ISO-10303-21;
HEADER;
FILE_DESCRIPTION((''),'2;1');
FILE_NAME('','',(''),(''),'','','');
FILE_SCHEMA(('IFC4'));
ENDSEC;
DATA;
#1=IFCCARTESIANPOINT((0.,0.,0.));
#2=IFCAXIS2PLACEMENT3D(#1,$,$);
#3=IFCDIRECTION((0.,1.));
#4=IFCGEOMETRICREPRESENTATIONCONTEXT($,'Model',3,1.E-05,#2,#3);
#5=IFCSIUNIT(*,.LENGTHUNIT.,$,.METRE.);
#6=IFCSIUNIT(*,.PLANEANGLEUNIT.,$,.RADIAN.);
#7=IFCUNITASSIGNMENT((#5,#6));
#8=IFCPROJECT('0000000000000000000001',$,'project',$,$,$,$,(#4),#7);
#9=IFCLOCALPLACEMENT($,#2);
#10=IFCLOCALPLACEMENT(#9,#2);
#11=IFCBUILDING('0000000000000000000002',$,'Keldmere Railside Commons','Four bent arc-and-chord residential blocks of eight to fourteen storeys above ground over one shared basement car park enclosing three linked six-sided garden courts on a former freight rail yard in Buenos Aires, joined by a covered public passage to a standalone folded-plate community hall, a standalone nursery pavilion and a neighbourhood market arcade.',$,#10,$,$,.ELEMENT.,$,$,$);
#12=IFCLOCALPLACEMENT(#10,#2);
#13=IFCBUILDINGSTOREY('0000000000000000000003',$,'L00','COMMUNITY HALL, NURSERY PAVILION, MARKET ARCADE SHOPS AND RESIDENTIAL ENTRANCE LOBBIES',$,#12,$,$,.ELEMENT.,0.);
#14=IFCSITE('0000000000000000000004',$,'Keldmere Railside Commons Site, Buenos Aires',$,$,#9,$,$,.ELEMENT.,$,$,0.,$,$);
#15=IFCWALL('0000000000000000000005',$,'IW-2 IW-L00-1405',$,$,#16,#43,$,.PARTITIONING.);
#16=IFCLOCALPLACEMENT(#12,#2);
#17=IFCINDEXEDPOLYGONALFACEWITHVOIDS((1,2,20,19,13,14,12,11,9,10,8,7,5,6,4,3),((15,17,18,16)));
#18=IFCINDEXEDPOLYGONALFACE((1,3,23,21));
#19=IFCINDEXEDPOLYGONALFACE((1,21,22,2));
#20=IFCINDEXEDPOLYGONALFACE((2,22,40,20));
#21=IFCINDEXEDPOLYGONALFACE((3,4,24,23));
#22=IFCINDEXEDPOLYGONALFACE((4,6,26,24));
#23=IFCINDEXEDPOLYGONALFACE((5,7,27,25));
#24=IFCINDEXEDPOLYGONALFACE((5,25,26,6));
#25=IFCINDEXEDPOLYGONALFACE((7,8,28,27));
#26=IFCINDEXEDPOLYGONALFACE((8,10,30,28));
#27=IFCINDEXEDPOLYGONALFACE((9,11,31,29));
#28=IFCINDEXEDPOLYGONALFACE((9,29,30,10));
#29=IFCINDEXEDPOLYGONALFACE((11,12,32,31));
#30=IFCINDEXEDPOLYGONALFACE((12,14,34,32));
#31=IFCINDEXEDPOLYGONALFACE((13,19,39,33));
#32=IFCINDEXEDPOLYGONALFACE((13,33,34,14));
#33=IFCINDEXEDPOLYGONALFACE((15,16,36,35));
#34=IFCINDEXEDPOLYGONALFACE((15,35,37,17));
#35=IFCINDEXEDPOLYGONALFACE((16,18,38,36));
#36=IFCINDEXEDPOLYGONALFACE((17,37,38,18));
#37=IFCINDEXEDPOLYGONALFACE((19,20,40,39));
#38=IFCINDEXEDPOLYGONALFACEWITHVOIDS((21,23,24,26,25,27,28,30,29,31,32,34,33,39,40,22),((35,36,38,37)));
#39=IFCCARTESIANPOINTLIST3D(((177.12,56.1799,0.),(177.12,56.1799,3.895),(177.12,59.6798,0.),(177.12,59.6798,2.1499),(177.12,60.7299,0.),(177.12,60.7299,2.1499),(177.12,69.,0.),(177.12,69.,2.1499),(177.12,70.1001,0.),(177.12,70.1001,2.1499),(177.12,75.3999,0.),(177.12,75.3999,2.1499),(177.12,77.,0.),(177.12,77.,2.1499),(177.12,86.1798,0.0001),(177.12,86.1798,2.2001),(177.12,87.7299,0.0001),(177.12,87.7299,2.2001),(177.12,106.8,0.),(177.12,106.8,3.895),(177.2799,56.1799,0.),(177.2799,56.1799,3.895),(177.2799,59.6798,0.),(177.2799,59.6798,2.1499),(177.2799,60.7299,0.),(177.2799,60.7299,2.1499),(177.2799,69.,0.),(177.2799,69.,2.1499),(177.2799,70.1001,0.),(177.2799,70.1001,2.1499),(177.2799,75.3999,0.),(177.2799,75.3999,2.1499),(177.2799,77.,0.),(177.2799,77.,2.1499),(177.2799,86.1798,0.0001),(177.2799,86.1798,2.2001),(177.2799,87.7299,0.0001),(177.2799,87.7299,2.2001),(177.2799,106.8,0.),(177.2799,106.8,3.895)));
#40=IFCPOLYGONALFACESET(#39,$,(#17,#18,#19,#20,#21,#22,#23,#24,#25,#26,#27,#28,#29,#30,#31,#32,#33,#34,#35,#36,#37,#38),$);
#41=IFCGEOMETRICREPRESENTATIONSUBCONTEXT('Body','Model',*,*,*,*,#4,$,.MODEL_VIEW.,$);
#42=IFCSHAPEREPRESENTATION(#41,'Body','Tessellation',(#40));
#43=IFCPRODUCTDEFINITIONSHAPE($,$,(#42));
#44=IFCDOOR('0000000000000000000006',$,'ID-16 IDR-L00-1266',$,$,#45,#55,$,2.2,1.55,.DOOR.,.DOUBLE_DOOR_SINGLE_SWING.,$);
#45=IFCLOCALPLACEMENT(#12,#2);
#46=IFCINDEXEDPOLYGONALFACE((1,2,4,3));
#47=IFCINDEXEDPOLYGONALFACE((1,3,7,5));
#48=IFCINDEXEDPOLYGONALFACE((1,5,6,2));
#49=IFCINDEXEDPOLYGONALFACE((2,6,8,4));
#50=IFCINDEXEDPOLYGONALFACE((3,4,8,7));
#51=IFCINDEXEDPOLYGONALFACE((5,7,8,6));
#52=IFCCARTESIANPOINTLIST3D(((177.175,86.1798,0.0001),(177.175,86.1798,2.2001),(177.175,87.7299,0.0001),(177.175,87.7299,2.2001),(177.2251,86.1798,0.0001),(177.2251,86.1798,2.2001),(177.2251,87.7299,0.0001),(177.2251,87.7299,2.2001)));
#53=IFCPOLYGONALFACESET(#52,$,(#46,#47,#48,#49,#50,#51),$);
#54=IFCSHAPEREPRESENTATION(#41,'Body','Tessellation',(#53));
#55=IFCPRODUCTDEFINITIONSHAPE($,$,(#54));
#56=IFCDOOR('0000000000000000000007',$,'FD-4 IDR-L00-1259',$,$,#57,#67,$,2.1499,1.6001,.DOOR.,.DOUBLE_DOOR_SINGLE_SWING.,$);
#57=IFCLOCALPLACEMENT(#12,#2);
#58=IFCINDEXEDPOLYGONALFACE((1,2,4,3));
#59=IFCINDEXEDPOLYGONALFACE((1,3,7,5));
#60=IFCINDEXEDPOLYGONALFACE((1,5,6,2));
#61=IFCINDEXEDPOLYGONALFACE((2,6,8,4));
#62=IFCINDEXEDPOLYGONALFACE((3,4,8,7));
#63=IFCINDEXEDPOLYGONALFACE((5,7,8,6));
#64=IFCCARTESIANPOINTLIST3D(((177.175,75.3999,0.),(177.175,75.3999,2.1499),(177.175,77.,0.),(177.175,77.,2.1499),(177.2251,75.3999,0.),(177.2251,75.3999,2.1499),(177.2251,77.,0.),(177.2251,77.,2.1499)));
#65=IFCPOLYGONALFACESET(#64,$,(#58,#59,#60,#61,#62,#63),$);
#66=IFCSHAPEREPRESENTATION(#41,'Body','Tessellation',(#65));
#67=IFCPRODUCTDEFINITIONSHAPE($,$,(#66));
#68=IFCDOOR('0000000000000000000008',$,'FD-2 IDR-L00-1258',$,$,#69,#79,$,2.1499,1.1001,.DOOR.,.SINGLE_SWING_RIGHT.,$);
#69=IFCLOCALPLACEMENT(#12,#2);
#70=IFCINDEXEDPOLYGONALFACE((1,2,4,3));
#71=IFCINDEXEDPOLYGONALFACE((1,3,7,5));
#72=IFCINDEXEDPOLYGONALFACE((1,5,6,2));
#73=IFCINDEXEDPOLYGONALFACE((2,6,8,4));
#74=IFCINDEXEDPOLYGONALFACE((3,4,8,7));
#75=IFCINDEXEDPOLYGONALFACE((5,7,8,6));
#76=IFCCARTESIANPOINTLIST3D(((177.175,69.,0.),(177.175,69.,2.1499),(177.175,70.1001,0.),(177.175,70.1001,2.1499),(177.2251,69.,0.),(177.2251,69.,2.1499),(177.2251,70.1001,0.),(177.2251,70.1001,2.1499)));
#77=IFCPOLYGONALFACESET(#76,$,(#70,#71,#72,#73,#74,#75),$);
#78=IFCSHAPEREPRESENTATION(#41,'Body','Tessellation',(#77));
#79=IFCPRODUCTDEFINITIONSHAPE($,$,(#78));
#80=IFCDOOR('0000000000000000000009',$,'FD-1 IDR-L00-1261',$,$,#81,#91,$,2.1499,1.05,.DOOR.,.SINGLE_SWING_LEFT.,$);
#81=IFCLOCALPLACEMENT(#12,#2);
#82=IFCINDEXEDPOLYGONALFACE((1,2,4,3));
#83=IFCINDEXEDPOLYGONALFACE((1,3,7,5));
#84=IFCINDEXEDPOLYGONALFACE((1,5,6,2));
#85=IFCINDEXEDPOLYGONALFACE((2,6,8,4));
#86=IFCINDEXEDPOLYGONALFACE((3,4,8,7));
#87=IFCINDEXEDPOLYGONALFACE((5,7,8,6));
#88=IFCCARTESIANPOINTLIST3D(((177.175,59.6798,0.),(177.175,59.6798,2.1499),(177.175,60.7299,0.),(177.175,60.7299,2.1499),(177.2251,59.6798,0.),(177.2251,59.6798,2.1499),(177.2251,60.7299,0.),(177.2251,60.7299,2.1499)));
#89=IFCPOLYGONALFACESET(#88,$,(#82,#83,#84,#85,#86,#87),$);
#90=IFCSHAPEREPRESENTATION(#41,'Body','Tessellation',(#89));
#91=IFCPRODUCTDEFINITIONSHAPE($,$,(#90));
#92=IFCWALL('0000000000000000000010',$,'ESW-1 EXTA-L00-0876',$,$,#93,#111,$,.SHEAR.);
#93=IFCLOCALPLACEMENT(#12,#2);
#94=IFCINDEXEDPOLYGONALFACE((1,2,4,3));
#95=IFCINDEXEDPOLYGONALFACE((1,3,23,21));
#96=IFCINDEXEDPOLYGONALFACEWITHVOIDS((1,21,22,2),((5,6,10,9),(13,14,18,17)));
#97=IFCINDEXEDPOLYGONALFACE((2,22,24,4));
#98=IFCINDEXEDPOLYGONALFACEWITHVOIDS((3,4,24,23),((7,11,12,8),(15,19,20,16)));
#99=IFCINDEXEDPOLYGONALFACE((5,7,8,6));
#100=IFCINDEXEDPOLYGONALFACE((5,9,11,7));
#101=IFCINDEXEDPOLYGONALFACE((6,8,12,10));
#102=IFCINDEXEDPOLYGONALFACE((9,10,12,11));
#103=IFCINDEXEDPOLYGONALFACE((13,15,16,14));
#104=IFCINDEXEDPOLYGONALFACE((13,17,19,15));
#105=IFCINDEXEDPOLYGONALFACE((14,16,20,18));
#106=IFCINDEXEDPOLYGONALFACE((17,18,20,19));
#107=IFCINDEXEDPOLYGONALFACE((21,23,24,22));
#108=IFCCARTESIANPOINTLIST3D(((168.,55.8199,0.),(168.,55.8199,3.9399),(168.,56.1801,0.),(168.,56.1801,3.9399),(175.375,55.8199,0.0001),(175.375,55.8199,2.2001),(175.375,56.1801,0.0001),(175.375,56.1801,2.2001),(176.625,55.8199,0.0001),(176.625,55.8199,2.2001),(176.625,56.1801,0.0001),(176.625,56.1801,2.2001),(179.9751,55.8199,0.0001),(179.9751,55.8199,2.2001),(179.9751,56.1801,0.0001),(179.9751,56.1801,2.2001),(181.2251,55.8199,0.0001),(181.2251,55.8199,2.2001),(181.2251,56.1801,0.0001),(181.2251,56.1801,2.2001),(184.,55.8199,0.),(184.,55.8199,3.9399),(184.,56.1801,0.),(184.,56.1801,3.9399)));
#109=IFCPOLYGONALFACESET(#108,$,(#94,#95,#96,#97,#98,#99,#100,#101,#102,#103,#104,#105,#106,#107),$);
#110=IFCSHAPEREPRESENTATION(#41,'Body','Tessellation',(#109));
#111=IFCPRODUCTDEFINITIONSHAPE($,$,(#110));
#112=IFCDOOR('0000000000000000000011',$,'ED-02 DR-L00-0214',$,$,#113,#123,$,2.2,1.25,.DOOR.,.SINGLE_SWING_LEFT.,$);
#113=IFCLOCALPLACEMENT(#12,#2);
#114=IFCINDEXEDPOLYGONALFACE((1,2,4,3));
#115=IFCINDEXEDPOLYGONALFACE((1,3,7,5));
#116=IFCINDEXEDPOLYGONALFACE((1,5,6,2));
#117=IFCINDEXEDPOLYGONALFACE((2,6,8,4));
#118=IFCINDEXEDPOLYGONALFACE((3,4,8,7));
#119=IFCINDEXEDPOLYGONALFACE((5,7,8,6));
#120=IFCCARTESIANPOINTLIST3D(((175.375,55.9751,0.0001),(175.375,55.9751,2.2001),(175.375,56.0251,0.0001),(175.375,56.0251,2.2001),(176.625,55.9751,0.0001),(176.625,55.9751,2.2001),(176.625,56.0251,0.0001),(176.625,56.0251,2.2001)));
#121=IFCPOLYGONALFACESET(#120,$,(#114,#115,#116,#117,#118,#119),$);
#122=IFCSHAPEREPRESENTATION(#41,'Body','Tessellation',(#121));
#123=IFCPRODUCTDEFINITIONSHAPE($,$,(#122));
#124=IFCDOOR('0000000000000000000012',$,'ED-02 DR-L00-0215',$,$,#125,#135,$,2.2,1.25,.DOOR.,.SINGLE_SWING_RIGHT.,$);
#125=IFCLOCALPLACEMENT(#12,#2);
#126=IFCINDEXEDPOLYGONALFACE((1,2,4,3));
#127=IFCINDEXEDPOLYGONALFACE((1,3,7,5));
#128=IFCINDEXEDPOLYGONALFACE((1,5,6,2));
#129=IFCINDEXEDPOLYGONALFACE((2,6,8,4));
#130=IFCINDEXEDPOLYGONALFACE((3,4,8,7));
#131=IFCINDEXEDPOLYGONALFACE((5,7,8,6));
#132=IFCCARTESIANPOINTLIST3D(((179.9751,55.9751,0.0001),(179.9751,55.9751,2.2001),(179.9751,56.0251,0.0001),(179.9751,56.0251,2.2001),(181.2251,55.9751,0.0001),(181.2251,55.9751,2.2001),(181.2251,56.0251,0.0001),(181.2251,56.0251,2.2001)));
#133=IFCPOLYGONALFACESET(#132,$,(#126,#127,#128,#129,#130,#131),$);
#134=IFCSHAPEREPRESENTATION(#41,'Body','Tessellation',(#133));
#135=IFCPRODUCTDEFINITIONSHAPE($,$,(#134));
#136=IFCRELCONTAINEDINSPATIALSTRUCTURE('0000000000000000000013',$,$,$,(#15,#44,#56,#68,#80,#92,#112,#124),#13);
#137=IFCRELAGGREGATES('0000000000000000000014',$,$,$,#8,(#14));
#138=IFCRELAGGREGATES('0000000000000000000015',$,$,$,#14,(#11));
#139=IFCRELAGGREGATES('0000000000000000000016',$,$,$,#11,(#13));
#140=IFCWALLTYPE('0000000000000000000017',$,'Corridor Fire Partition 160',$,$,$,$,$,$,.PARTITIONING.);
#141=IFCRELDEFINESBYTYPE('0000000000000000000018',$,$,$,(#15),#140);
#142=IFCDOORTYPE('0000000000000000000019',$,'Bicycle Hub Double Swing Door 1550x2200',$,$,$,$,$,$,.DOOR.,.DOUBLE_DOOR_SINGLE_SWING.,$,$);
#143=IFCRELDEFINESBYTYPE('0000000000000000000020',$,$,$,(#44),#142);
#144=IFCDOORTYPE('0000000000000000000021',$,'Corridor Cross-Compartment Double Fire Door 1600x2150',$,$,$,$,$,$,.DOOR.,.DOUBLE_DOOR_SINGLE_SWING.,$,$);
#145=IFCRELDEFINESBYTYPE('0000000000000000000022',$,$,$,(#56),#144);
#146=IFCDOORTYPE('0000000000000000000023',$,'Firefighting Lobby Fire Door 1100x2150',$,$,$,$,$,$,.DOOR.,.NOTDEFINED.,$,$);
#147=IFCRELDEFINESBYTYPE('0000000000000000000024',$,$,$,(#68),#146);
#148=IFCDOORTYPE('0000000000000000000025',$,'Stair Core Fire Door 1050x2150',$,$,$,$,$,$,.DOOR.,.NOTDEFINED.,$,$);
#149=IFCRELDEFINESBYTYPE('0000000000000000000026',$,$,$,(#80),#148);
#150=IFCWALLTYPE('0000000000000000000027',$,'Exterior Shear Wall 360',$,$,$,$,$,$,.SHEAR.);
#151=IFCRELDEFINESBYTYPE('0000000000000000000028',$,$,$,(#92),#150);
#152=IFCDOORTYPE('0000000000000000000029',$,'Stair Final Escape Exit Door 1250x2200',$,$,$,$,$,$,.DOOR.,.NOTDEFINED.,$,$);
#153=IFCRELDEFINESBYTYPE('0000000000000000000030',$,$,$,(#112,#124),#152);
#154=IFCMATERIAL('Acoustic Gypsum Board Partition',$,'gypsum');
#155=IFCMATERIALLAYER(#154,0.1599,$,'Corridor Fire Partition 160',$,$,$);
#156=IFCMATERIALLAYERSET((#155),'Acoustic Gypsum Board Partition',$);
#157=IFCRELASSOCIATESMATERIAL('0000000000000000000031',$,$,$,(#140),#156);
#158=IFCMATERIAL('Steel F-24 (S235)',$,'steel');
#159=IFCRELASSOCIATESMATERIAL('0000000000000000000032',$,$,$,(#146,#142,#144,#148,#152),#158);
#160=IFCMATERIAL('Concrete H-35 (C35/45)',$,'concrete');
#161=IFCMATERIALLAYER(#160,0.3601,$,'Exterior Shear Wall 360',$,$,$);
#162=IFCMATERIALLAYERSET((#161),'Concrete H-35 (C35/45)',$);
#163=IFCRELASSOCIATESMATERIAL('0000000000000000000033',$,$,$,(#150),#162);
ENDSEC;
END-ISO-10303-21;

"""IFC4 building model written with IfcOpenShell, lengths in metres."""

from ifc_helpers import new_model, si_unit, direction, frame, frame_2d, origin, place, context, subcontext, project, spatial, rectangle, extrude, material, layer, layer_set, type_object, element, fill, save


model = new_model("IFC4")

# Units and contexts
model_context = context("Model", 3, precision=1e-05, world=origin(), true_north=direction((0.0, 1.0)))
body_context = subcontext(model_context, "Body", "Model", "MODEL_VIEW")
ifc_project = project(units=[si_unit("LENGTHUNIT", "METRE"), si_unit("PLANEANGLEUNIT", "RADIAN")], contexts=[model_context])

# Site, building, storey
site_placement = place(None, origin())
site = spatial("IfcSite", under=ifc_project, at=site_placement, Name="Keldmere Railside Commons Site, Buenos Aires", CompositionType="ELEMENT", RefElevation=0.0)
building_placement = place(site_placement, origin())
building = spatial("IfcBuilding", under=site, at=building_placement, Name="Keldmere Railside Commons", Description="Four bent arc-and-chord residential blocks of eight to fourteen storeys above ground over one shared basement car park enclosing three linked six-sided garden courts on a former freight rail yard in Buenos Aires, joined by a covered public passage to a standalone folded-plate community hall, a standalone nursery pavilion and a neighbourhood market arcade.", CompositionType="ELEMENT")
storey_placement = place(building_placement, origin())
storey = spatial("IfcBuildingStorey", under=building, at=storey_placement, Name="L00", Description="COMMUNITY HALL, NURSERY PAVILION, MARKET ARCADE SHOPS AND RESIDENTIAL ENTRANCE LOBBIES", CompositionType="ELEMENT", Elevation=0.0)

# Walls, openings, doors
ifc_material_1 = material(Name="Acoustic Gypsum Board Partition", Category="gypsum")
ifc_layer_1 = layer(ifc_material_1, 0.1599, Name="Corridor Fire Partition 160")
ifc_layer_set_1 = layer_set([ifc_layer_1], Name="Acoustic Gypsum Board Partition")
wall_type_1 = type_object("IfcWallType", Name="Corridor Fire Partition 160", PredefinedType="PARTITIONING", material=ifc_layer_set_1)
ifc_material_2 = material(Name="Steel F-24 (S235)", Category="steel")
door_type_1 = type_object("IfcDoorType", Name="Firefighting Lobby Fire Door 1100x2150", OperationType="NOTDEFINED", PredefinedType="DOOR", material=ifc_material_2)
wall_1_placement = place(storey_placement, frame((177.2, 56.1799, 0.0), z_axis=(0.0, 0.0, 1.0), x_axis=(0.0, 1.0, 0.0)))
wall_1 = element("IfcWall", 1, at=wall_1_placement, inside=storey, type_object=wall_type_1, Name="IW-2 IW-L00-1405", PredefinedType="PARTITIONING", context=body_context, shape_type="SweptSolid", body=[
    extrude(rectangle(XDim=50.6201, YDim=0.1599, at=frame_2d((25.3101, 0.0))), origin(), (0.0, 0.0, 1.0), 3.895),
])
opening_1_placement = place(wall_1_placement, frame((12.8201, 0.0, 0.0)))
opening_1 = element("IfcOpeningElement", 2, at=opening_1_placement, cuts=wall_1, PredefinedType="OPENING", context=body_context, shape_type="SweptSolid", body=[
    extrude(rectangle(XDim=1.1001, YDim=2.1499, at=frame_2d((0.55, 1.075))), frame((0.0, 0.0898, 0.0), z_axis=(0.0, -1.0, 0.0), x_axis=(1.0, 0.0, 0.0)), (0.0, 0.0, 1.0), 0.1799),
])
opening_2_placement = place(wall_1_placement, frame((19.22, 0.0, 0.0)))
opening_2 = element("IfcOpeningElement", 3, at=opening_2_placement, cuts=wall_1, PredefinedType="OPENING", context=body_context, shape_type="SweptSolid", body=[
    extrude(rectangle(XDim=1.6001, YDim=2.1499, at=frame_2d((0.8, 1.075))), frame((0.0, 0.0898, 0.0), z_axis=(0.0, -1.0, 0.0), x_axis=(1.0, 0.0, 0.0)), (0.0, 0.0, 1.0), 0.1799),
])
opening_3_placement = place(wall_1_placement, frame((3.5, 0.0, 0.0)))
opening_3 = element("IfcOpeningElement", 4, at=opening_3_placement, cuts=wall_1, PredefinedType="OPENING", context=body_context, shape_type="SweptSolid", body=[
    extrude(rectangle(XDim=1.05, YDim=2.1499, at=frame_2d((0.5249, 1.075))), frame((0.0, 0.0898, 0.0), z_axis=(0.0, -1.0, 0.0), x_axis=(1.0, 0.0, 0.0)), (0.0, 0.0, 1.0), 0.1799),
])
opening_4_placement = place(wall_1_placement, frame((30.0, 0.0, 0.0)))
opening_4 = element("IfcOpeningElement", 5, at=opening_4_placement, cuts=wall_1, PredefinedType="OPENING", context=body_context, shape_type="SweptSolid", body=[
    extrude(rectangle(XDim=1.55, YDim=2.2, at=frame_2d((0.7749, 1.1001))), frame((0.0, 0.0898, 0.0), z_axis=(0.0, -1.0, 0.0), x_axis=(1.0, 0.0, 0.0)), (0.0, 0.0, 1.0), 0.1799),
])
door_type_2 = type_object("IfcDoorType", Name="Bicycle Hub Double Swing Door 1550x2200", OperationType="DOUBLE_DOOR_SINGLE_SWING", PredefinedType="DOOR", material=ifc_material_2)
door_1_placement = place(opening_4_placement, origin())
door_1 = element("IfcDoor", 6, at=door_1_placement, inside=storey, type_object=door_type_2, Name="ID-16 IDR-L00-1266", OperationType="DOUBLE_DOOR_SINGLE_SWING", OverallHeight=2.2, OverallWidth=1.55, PredefinedType="DOOR", context=body_context, shape_type="SweptSolid", body=[
    extrude(rectangle(XDim=1.55, YDim=2.2, at=frame_2d((0.7749, 1.1001))), frame((0.0, 0.0249, 0.0), z_axis=(0.0, -1.0, 0.0), x_axis=(1.0, 0.0, 0.0)), (0.0, 0.0, 1.0), 0.05),
])
fill(opening_4, door_1)
door_type_3 = type_object("IfcDoorType", Name="Corridor Cross-Compartment Double Fire Door 1600x2150", OperationType="DOUBLE_DOOR_SINGLE_SWING", PredefinedType="DOOR", material=ifc_material_2)
door_2_placement = place(opening_2_placement, origin())
door_2 = element("IfcDoor", 7, at=door_2_placement, inside=storey, type_object=door_type_3, Name="FD-4 IDR-L00-1259", OperationType="DOUBLE_DOOR_SINGLE_SWING", OverallHeight=2.1499, OverallWidth=1.6001, PredefinedType="DOOR", context=body_context, shape_type="SweptSolid", body=[
    extrude(rectangle(XDim=1.6001, YDim=2.1499, at=frame_2d((0.8, 1.075))), frame((0.0, 0.0249, 0.0), z_axis=(0.0, -1.0, 0.0), x_axis=(1.0, 0.0, 0.0)), (0.0, 0.0, 1.0), 0.05),
])
fill(opening_2, door_2)
door_3_placement = place(opening_1_placement, origin())
door_3 = element("IfcDoor", 8, at=door_3_placement, inside=storey, type_object=door_type_1, Name="FD-2 IDR-L00-1258", OperationType="SINGLE_SWING_RIGHT", OverallHeight=2.1499, OverallWidth=1.1001, PredefinedType="DOOR", context=body_context, shape_type="SweptSolid", body=[
    extrude(rectangle(XDim=1.1001, YDim=2.1499, at=frame_2d((0.55, 1.075))), frame((0.0, 0.0249, 0.0), z_axis=(0.0, -1.0, 0.0), x_axis=(1.0, 0.0, 0.0)), (0.0, 0.0, 1.0), 0.05),
])
fill(opening_1, door_3)
door_type_4 = type_object("IfcDoorType", Name="Stair Core Fire Door 1050x2150", OperationType="NOTDEFINED", PredefinedType="DOOR", material=ifc_material_2)
door_4_placement = place(opening_3_placement, origin())
door_4 = element("IfcDoor", 9, at=door_4_placement, inside=storey, type_object=door_type_4, Name="FD-1 IDR-L00-1261", OperationType="SINGLE_SWING_LEFT", OverallHeight=2.1499, OverallWidth=1.05, PredefinedType="DOOR", context=body_context, shape_type="SweptSolid", body=[
    extrude(rectangle(XDim=1.05, YDim=2.1499, at=frame_2d((0.5249, 1.075))), frame((0.0, 0.0249, 0.0), z_axis=(0.0, -1.0, 0.0), x_axis=(1.0, 0.0, 0.0)), (0.0, 0.0, 1.0), 0.05),
])
fill(opening_3, door_4)
ifc_material_3 = material(Name="Concrete H-35 (C35/45)", Category="concrete")
ifc_layer_2 = layer(ifc_material_3, 0.3601, Name="Exterior Shear Wall 360")
ifc_layer_set_2 = layer_set([ifc_layer_2], Name="Concrete H-35 (C35/45)")
wall_type_2 = type_object("IfcWallType", Name="Exterior Shear Wall 360", PredefinedType="SHEAR", material=ifc_layer_set_2)
wall_2_placement = place(storey_placement, frame((184.0, 56.0, 0.0), z_axis=(0.0, 0.0, 1.0), x_axis=(-1.0, 0.0, 0.0)))
wall_2 = element("IfcWall", 10, at=wall_2_placement, inside=storey, type_object=wall_type_2, Name="ESW-1 EXTA-L00-0876", PredefinedType="SHEAR", context=body_context, shape_type="SweptSolid", body=[
    extrude(rectangle(XDim=16.0, YDim=0.3601, at=frame_2d((8.0, 0.0))), origin(), (0.0, 0.0, 1.0), 3.9399),
])
opening_5_placement = place(wall_2_placement, frame((7.375, 0.0, 0.0)))
opening_5 = element("IfcOpeningElement", 11, at=opening_5_placement, cuts=wall_2, PredefinedType="OPENING", context=body_context, shape_type="SweptSolid", body=[
    extrude(rectangle(XDim=1.25, YDim=2.2, at=frame_2d((0.625, 1.1001))), frame((0.0, 0.1899, 0.0), z_axis=(0.0, -1.0, 0.0), x_axis=(1.0, 0.0, 0.0)), (0.0, 0.0, 1.0), 0.3801),
])
opening_6_placement = place(wall_2_placement, frame((2.7749, 0.0, 0.0)))
opening_6 = element("IfcOpeningElement", 12, at=opening_6_placement, cuts=wall_2, PredefinedType="OPENING", context=body_context, shape_type="SweptSolid", body=[
    extrude(rectangle(XDim=1.25, YDim=2.2, at=frame_2d((0.625, 1.1001))), frame((0.0, 0.1899, 0.0), z_axis=(0.0, -1.0, 0.0), x_axis=(1.0, 0.0, 0.0)), (0.0, 0.0, 1.0), 0.3801),
])
door_type_5 = type_object("IfcDoorType", Name="Stair Final Escape Exit Door 1250x2200", OperationType="NOTDEFINED", PredefinedType="DOOR", material=ifc_material_2)
door_5_placement = place(opening_5_placement, origin())
door_5 = element("IfcDoor", 13, at=door_5_placement, inside=storey, type_object=door_type_5, Name="ED-02 DR-L00-0214", OperationType="SINGLE_SWING_LEFT", OverallHeight=2.2, OverallWidth=1.25, PredefinedType="DOOR", context=body_context, shape_type="SweptSolid", body=[
    extrude(rectangle(XDim=1.25, YDim=2.2, at=frame_2d((0.625, 1.1001))), frame((0.0, 0.0249, 0.0), z_axis=(0.0, -1.0, 0.0), x_axis=(1.0, 0.0, 0.0)), (0.0, 0.0, 1.0), 0.05),
])
fill(opening_5, door_5)
door_6_placement = place(opening_6_placement, origin())
door_6 = element("IfcDoor", 14, at=door_6_placement, inside=storey, type_object=door_type_5, Name="ED-02 DR-L00-0215", OperationType="SINGLE_SWING_RIGHT", OverallHeight=2.2, OverallWidth=1.25, PredefinedType="DOOR", context=body_context, shape_type="SweptSolid", body=[
    extrude(rectangle(XDim=1.25, YDim=2.2, at=frame_2d((0.625, 1.1001))), frame((0.0, 0.0249, 0.0), z_axis=(0.0, -1.0, 0.0), x_axis=(1.0, 0.0, 0.0)), (0.0, 0.0, 1.0), 0.05),
])
fill(opening_6, door_6)

save(model, "model.ifc")
